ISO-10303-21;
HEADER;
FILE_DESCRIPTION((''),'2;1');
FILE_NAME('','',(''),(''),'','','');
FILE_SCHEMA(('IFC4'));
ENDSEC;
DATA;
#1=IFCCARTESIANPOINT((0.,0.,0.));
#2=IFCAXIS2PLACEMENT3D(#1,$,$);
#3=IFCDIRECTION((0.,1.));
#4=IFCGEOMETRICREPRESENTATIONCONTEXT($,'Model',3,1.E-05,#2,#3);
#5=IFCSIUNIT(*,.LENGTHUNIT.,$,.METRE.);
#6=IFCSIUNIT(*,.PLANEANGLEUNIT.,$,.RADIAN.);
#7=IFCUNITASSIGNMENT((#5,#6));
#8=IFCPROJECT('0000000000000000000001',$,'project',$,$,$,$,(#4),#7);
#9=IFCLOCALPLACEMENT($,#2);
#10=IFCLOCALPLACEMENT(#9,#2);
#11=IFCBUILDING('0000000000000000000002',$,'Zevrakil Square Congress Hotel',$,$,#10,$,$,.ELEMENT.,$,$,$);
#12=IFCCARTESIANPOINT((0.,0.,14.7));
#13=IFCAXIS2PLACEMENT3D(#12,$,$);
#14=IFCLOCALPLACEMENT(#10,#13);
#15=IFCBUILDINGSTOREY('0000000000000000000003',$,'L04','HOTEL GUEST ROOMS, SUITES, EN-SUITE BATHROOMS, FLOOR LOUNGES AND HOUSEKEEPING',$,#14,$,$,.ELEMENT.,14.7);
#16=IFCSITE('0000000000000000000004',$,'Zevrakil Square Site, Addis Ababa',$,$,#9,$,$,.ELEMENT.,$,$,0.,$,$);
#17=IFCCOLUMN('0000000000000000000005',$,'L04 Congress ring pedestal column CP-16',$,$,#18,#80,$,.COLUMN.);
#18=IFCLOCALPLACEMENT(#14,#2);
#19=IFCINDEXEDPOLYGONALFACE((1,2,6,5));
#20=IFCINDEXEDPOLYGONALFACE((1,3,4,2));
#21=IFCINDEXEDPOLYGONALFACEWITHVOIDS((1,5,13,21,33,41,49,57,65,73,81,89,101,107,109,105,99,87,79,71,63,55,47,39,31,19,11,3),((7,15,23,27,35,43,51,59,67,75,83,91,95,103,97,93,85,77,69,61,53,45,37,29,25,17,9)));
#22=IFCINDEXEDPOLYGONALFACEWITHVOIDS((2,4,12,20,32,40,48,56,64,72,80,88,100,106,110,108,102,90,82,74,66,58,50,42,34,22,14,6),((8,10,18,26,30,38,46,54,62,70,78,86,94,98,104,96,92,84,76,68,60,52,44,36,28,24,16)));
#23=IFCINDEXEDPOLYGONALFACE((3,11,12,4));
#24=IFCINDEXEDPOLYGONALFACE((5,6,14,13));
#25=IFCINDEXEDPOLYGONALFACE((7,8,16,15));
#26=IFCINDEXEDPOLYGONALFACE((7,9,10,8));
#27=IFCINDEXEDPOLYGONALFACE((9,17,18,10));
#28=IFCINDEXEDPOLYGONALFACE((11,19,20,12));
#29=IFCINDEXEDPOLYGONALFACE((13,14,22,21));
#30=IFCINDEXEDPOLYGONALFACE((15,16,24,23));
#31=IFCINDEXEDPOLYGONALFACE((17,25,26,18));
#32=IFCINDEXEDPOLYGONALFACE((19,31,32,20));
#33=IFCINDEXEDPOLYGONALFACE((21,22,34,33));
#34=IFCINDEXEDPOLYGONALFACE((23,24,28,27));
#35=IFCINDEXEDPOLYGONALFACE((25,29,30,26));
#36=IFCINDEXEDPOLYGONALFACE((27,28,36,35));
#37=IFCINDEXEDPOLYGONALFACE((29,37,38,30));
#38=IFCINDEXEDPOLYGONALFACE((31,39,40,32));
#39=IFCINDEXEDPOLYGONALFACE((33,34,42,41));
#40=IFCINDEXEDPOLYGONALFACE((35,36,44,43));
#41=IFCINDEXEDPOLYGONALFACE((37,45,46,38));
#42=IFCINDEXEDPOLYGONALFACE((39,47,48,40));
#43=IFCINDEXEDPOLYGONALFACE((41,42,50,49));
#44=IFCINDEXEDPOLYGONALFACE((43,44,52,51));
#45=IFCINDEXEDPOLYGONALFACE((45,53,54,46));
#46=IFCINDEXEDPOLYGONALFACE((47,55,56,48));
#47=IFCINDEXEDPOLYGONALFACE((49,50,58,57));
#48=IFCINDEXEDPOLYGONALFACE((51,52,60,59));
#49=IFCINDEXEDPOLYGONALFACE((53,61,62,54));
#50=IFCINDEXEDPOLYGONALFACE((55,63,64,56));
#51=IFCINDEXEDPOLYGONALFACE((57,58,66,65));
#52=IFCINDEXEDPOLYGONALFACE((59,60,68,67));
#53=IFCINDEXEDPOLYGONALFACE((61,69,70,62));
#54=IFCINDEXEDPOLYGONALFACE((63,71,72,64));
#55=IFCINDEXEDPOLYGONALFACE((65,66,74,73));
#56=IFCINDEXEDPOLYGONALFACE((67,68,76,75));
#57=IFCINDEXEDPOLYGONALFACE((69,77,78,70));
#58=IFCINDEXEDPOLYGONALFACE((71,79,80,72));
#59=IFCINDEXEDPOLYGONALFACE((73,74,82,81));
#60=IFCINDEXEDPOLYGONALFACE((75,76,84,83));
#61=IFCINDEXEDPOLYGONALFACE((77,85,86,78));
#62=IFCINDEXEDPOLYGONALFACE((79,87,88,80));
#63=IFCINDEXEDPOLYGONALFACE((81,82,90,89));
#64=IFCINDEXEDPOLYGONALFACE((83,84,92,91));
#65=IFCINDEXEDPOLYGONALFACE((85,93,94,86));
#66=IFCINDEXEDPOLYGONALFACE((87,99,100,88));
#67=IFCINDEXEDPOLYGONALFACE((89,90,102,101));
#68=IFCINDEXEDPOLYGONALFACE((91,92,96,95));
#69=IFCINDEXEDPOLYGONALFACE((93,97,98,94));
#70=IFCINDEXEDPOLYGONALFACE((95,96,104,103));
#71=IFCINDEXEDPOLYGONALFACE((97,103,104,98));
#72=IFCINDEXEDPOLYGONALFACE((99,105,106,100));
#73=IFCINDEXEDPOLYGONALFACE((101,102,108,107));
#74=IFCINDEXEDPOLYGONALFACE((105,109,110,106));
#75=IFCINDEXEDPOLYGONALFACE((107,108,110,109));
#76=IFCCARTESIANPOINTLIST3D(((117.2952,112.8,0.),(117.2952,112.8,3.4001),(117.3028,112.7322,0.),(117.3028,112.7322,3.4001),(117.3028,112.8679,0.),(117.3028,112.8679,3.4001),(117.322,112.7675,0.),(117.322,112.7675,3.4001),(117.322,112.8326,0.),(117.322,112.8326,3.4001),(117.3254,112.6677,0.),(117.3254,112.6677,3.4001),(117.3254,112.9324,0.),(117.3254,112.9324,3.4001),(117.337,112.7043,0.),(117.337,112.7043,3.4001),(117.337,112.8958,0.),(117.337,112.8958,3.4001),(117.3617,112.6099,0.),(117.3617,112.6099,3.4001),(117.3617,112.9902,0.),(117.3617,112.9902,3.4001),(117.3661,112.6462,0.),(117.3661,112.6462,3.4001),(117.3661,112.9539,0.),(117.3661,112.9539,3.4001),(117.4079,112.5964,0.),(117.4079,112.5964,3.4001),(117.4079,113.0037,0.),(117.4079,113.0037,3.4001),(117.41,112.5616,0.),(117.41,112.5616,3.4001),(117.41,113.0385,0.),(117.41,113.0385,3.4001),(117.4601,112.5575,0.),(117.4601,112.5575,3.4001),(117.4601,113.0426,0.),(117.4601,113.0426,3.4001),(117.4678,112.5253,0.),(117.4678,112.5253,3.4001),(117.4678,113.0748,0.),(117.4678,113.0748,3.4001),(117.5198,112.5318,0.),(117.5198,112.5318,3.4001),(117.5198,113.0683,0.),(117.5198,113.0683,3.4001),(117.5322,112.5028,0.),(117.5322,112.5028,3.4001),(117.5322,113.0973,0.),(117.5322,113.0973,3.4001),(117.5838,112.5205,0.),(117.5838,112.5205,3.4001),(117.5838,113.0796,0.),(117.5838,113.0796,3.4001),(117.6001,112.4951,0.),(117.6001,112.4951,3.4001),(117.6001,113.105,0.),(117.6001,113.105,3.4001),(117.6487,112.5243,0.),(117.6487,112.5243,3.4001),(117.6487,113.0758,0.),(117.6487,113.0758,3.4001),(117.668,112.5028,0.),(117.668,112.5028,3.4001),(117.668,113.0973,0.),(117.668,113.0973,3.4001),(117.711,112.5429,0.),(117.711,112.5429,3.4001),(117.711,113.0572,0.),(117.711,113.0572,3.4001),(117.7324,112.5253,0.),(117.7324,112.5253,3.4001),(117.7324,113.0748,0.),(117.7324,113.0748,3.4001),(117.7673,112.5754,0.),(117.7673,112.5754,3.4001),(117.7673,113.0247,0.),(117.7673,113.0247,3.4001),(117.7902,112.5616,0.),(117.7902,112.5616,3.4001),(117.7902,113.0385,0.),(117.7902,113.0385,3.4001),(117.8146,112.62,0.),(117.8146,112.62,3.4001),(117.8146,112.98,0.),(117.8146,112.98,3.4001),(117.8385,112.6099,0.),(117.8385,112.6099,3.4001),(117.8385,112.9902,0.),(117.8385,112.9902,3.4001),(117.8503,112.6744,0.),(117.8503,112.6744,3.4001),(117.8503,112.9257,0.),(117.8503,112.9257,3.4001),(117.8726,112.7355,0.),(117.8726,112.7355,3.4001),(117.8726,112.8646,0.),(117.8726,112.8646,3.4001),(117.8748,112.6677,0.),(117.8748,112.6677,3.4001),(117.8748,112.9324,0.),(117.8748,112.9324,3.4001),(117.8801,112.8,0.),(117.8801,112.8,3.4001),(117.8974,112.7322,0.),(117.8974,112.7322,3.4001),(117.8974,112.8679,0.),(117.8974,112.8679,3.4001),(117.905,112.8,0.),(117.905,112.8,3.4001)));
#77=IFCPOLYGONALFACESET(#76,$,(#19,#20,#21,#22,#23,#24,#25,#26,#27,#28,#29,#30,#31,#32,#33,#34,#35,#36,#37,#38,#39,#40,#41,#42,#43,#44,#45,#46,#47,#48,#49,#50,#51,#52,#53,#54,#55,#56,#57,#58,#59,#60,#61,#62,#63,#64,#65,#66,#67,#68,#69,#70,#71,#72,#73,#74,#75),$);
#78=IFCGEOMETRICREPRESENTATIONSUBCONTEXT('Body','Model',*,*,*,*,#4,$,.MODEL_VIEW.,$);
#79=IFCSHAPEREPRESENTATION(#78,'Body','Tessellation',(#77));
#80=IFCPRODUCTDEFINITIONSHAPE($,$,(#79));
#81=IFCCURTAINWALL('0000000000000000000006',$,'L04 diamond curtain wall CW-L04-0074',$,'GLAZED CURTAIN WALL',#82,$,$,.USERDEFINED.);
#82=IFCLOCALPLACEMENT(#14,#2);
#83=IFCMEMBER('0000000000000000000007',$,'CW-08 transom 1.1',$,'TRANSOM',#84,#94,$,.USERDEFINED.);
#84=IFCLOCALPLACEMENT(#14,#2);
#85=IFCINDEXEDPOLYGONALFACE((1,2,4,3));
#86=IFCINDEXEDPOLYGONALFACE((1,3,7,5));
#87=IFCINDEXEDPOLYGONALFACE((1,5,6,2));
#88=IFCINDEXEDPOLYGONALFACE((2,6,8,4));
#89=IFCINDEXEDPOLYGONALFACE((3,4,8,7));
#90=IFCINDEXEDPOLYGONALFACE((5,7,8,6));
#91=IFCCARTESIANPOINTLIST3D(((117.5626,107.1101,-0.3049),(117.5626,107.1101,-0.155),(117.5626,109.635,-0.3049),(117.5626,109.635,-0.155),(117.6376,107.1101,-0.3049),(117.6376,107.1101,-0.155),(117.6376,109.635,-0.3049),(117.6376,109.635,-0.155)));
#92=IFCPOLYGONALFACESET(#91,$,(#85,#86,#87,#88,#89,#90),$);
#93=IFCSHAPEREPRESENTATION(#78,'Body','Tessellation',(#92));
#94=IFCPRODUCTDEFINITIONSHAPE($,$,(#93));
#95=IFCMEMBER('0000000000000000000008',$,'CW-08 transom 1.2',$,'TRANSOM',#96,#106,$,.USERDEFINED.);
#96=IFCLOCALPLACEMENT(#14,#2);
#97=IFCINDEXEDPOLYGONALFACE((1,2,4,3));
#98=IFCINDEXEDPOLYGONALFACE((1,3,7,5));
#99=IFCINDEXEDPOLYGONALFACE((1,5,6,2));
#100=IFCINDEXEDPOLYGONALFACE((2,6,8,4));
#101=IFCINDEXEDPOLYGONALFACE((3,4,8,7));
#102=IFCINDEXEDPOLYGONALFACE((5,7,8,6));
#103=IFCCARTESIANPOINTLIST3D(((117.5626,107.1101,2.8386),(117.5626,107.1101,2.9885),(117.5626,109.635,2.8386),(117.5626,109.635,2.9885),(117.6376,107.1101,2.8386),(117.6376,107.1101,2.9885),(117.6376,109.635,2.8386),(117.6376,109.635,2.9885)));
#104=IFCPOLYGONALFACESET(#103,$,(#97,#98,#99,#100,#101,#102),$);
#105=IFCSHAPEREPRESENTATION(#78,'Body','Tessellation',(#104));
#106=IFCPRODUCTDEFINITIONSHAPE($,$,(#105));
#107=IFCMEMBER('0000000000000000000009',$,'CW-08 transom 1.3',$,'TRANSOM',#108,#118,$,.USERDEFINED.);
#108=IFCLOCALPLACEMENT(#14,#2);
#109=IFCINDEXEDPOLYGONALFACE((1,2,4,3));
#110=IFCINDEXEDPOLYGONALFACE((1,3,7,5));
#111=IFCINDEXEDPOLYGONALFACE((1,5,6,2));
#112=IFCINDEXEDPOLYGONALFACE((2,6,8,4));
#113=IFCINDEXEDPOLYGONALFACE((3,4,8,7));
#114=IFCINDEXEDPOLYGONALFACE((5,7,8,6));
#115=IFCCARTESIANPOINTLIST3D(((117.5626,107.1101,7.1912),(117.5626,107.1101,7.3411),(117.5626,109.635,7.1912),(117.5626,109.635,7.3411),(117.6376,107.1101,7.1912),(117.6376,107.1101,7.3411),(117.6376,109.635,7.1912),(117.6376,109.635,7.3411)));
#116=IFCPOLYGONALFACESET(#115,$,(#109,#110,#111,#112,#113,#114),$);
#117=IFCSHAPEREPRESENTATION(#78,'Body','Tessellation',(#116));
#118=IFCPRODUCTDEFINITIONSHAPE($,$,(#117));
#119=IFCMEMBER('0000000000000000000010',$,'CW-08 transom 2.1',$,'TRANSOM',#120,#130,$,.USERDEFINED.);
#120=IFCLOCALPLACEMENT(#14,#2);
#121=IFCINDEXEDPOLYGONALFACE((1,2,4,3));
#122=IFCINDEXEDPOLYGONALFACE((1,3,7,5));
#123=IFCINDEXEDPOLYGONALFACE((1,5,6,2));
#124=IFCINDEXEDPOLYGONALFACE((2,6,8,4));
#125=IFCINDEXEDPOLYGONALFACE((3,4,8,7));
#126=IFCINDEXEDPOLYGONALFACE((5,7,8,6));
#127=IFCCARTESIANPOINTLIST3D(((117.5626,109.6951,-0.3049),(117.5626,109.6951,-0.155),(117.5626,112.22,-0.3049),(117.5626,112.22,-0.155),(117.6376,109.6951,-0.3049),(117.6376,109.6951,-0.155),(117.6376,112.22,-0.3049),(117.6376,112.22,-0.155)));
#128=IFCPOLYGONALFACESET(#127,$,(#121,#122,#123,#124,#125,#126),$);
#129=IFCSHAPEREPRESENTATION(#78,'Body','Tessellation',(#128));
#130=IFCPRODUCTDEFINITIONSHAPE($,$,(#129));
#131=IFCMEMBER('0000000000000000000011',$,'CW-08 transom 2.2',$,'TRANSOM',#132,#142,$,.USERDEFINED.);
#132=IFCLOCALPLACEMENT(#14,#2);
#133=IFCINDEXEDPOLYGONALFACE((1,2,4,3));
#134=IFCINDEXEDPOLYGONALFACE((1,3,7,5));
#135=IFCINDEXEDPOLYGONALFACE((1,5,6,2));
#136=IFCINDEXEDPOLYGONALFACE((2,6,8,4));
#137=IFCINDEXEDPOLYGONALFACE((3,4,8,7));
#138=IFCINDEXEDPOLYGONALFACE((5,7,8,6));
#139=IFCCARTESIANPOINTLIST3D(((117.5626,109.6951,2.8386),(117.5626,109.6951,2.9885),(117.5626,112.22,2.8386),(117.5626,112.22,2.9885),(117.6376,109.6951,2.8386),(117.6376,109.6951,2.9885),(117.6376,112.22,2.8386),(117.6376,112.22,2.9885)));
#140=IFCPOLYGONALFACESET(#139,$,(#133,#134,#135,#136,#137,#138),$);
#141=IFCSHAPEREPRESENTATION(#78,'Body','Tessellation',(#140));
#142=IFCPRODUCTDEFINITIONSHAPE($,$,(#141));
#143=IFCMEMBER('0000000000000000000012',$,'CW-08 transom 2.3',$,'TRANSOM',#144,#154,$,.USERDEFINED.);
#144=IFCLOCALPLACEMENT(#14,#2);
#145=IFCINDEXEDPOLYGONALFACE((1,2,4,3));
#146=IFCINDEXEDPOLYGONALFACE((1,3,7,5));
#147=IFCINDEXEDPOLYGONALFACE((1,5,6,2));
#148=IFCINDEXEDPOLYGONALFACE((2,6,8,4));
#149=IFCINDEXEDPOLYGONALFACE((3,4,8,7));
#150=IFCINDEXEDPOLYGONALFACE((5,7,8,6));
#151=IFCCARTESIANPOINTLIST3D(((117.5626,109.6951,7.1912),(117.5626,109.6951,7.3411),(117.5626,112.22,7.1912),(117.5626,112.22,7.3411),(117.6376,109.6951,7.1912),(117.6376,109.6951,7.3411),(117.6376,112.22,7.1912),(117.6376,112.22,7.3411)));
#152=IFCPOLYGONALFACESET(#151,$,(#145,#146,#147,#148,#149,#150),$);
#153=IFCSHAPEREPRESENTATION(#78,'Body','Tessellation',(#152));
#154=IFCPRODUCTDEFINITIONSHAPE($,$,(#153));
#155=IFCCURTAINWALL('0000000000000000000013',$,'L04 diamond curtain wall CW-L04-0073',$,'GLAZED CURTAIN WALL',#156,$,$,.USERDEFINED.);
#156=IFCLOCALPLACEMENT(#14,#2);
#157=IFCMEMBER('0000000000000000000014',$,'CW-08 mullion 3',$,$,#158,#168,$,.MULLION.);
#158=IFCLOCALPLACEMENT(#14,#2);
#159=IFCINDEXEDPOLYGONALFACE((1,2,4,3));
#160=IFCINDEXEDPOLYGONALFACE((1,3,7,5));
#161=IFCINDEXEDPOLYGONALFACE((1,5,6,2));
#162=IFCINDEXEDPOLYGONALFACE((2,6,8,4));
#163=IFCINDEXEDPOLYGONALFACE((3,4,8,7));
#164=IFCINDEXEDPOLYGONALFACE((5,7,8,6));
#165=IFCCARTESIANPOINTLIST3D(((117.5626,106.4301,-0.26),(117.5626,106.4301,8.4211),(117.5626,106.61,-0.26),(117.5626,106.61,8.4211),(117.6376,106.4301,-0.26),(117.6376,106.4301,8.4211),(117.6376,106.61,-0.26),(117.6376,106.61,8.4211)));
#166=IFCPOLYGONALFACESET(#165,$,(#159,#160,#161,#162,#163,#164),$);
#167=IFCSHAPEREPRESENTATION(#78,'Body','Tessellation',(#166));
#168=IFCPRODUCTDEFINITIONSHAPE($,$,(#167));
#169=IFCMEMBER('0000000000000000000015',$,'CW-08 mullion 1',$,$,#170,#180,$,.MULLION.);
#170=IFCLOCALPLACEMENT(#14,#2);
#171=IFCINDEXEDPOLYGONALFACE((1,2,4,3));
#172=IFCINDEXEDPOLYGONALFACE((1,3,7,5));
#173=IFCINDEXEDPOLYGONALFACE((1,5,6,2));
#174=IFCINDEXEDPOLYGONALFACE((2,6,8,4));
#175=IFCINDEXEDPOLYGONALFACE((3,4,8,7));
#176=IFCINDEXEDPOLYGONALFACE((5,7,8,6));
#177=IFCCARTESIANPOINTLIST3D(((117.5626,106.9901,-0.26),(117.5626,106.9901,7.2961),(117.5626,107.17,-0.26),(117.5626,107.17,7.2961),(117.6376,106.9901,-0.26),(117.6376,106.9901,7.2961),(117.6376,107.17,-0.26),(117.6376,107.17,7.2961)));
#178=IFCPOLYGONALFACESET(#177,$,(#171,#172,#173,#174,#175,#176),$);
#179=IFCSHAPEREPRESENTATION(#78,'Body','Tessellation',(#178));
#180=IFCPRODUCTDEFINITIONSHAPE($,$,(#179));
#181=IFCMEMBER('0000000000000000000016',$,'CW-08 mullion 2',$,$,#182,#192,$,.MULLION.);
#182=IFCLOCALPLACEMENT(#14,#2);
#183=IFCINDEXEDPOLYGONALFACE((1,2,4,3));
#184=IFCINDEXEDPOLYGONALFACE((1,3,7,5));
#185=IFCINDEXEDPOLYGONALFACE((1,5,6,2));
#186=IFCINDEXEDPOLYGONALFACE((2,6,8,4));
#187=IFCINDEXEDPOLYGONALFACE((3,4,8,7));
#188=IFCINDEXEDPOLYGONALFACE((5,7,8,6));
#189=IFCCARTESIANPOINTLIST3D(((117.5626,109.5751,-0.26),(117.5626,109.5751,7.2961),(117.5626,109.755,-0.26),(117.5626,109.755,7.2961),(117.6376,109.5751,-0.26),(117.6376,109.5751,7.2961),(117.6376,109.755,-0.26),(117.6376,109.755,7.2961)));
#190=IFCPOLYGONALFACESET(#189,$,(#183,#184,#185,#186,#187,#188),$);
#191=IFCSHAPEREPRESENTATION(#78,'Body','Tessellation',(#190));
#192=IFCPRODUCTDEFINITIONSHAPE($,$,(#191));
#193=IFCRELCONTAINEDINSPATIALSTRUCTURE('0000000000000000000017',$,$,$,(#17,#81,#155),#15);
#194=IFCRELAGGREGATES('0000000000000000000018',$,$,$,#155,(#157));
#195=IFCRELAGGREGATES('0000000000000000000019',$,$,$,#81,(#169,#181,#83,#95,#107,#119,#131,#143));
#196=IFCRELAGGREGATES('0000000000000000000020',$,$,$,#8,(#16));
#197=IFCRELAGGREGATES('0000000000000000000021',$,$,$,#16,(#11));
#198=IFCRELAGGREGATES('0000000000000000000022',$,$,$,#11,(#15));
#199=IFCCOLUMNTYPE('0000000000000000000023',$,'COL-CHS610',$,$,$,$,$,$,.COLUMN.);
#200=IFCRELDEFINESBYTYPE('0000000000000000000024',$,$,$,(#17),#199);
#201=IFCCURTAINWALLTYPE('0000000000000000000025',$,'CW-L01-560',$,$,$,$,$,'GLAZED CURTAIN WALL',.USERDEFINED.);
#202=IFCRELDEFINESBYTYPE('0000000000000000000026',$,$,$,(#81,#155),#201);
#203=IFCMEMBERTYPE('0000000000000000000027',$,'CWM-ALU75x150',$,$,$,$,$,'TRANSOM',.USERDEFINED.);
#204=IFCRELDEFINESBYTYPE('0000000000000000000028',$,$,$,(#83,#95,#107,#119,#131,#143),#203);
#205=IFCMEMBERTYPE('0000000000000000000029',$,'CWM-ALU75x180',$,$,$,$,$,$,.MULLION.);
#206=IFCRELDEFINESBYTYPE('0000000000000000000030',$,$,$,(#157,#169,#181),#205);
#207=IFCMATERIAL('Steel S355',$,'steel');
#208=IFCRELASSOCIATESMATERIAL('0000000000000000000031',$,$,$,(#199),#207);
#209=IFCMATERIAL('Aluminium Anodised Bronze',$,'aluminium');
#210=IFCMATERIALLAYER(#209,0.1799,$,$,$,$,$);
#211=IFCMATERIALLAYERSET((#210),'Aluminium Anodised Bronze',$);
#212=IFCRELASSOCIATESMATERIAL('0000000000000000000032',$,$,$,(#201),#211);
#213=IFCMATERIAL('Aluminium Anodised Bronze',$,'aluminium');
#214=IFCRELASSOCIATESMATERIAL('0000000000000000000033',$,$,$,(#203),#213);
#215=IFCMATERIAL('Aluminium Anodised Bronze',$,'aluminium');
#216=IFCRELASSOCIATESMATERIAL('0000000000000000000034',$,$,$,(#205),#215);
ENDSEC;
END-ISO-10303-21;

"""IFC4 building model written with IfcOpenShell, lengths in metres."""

from ifc_helpers import new_model, si_unit, direction, frame, origin, origin_2d, place, context, subcontext, project, spatial, rectangle, hollow_circle, extrude, material, layer, layer_set, material_profile, profile_set, type_object, element, aggregate, save


model = new_model("IFC4")

# Units and contexts
model_context = context("Model", 3, precision=1e-05, world=origin(), true_north=direction((0.0, 1.0)))
body_context = subcontext(model_context, "Body", "Model", "MODEL_VIEW")
ifc_project = project(units=[si_unit("LENGTHUNIT", "METRE"), si_unit("PLANEANGLEUNIT", "RADIAN")], contexts=[model_context])

# Site, building, storey
site_placement = place(None, origin())
site = spatial("IfcSite", under=ifc_project, at=site_placement, Name="Zevrakil Square Site, Addis Ababa", CompositionType="ELEMENT", RefElevation=0.0)
building_placement = place(site_placement, origin())
building = spatial("IfcBuilding", under=site, at=building_placement, Name="Zevrakil Square Congress Hotel", CompositionType="ELEMENT")
storey_placement = place(building_placement, frame((0.0, 0.0, 14.7)))
storey = spatial("IfcBuildingStorey", under=building, at=storey_placement, Name="L04", Description="HOTEL GUEST ROOMS, SUITES, EN-SUITE BATHROOMS, FLOOR LOUNGES AND HOUSEKEEPING", CompositionType="ELEMENT", Elevation=14.7)

# Column
ifc_material_1 = material(Name="Steel S355", Category="steel")
ifc_material_profile_1 = material_profile(ifc_material_1, hollow_circle(Radius=0.3049, WallThickness=0.0249, at=origin_2d()), Name="CHS 610x25")
ifc_profile_set_1 = profile_set([ifc_material_profile_1], Name="Steel S355")
column_type = type_object("IfcColumnType", Name="COL-CHS610", PredefinedType="COLUMN", material=ifc_profile_set_1)
column_placement = place(storey_placement, frame((117.6001, 112.8, 0.0), z_axis=(0.0, 0.0, 1.0), x_axis=(1.0, 0.0, 0.0)))
element("IfcColumn", 1, at=column_placement, inside=storey, type_object=column_type, Name="L04 Congress ring pedestal column CP-16", PredefinedType="COLUMN", context=body_context, shape_type="SweptSolid", body=[
    extrude(hollow_circle(Radius=0.3049, WallThickness=0.0249, at=origin_2d()), origin(), (0.0, 0.0, 1.0), 3.4001),
])

# Curtain wall, members
ifc_material_2 = material(Name="Aluminium Anodised Bronze", Category="aluminium")
ifc_layer_1 = layer(ifc_material_2, 0.1799)
ifc_layer_set_1 = layer_set([ifc_layer_1], Name="Aluminium Anodised Bronze")
curtain_wall_type = type_object("IfcCurtainWallType", Name="CW-L01-560", ElementType="GLAZED CURTAIN WALL", PredefinedType="USERDEFINED", material=ifc_layer_set_1)
curtain_wall_1_placement = place(storey_placement, origin())
curtain_wall_1 = element("IfcCurtainWall", 2, at=curtain_wall_1_placement, inside=storey, type_object=curtain_wall_type, Name="L04 diamond curtain wall CW-L04-0074", ObjectType="GLAZED CURTAIN WALL", PredefinedType="USERDEFINED")
ifc_material_3 = material(Name="Aluminium Anodised Bronze", Category="aluminium")
ifc_material_profile_2 = material_profile(ifc_material_3, rectangle(XDim=0.075, YDim=0.1499, at=origin_2d()), Name="ALU 75x150")
ifc_profile_set_2 = profile_set([ifc_material_profile_2], Name="Aluminium Anodised Bronze")
member_type_1 = type_object("IfcMemberType", Name="CWM-ALU75x150", ElementType="TRANSOM", PredefinedType="USERDEFINED", material=ifc_profile_set_2)
member_1_placement = place(storey_placement, frame((117.6001, 107.1101, -0.23), z_axis=(0.0, 1.0, 0.0), x_axis=(-1.0, 0.0, 0.0)))
member_1 = element("IfcMember", 3, at=member_1_placement, type_object=member_type_1, Name="CW-08 transom 1.1", ObjectType="TRANSOM", PredefinedType="USERDEFINED", context=body_context, shape_type="SweptSolid", body=[
    extrude(rectangle(XDim=0.075, YDim=0.1499, at=origin_2d()), origin(), (0.0, 0.0, 1.0), 2.5249),
])
member_2_placement = place(storey_placement, frame((117.6001, 107.1101, 2.9136), z_axis=(0.0, 1.0, 0.0), x_axis=(-1.0, 0.0, 0.0)))
member_2 = element("IfcMember", 4, at=member_2_placement, type_object=member_type_1, Name="CW-08 transom 1.2", ObjectType="TRANSOM", PredefinedType="USERDEFINED", context=body_context, shape_type="SweptSolid", body=[
    extrude(rectangle(XDim=0.075, YDim=0.1499, at=origin_2d()), origin(), (0.0, 0.0, 1.0), 2.5249),
])
member_3_placement = place(storey_placement, frame((117.6001, 107.1101, 7.2661), z_axis=(0.0, 1.0, 0.0), x_axis=(-1.0, 0.0, 0.0)))
member_3 = element("IfcMember", 5, at=member_3_placement, type_object=member_type_1, Name="CW-08 transom 1.3", ObjectType="TRANSOM", PredefinedType="USERDEFINED", context=body_context, shape_type="SweptSolid", body=[
    extrude(rectangle(XDim=0.075, YDim=0.1499, at=origin_2d()), origin(), (0.0, 0.0, 1.0), 2.5249),
])
member_4_placement = place(storey_placement, frame((117.6001, 109.6951, -0.23), z_axis=(0.0, 1.0, 0.0), x_axis=(-1.0, 0.0, 0.0)))
member_4 = element("IfcMember", 6, at=member_4_placement, type_object=member_type_1, Name="CW-08 transom 2.1", ObjectType="TRANSOM", PredefinedType="USERDEFINED", context=body_context, shape_type="SweptSolid", body=[
    extrude(rectangle(XDim=0.075, YDim=0.1499, at=origin_2d()), origin(), (0.0, 0.0, 1.0), 2.5249),
])
member_5_placement = place(storey_placement, frame((117.6001, 109.6951, 2.9136), z_axis=(0.0, 1.0, 0.0), x_axis=(-1.0, 0.0, 0.0)))
member_5 = element("IfcMember", 7, at=member_5_placement, type_object=member_type_1, Name="CW-08 transom 2.2", ObjectType="TRANSOM", PredefinedType="USERDEFINED", context=body_context, shape_type="SweptSolid", body=[
    extrude(rectangle(XDim=0.075, YDim=0.1499, at=origin_2d()), origin(), (0.0, 0.0, 1.0), 2.5249),
])
member_6_placement = place(storey_placement, frame((117.6001, 109.6951, 7.2661), z_axis=(0.0, 1.0, 0.0), x_axis=(-1.0, 0.0, 0.0)))
member_6 = element("IfcMember", 8, at=member_6_placement, type_object=member_type_1, Name="CW-08 transom 2.3", ObjectType="TRANSOM", PredefinedType="USERDEFINED", context=body_context, shape_type="SweptSolid", body=[
    extrude(rectangle(XDim=0.075, YDim=0.1499, at=origin_2d()), origin(), (0.0, 0.0, 1.0), 2.5249),
])

# Curtain wall, member
curtain_wall_2_placement = place(storey_placement, origin())
curtain_wall_2 = element("IfcCurtainWall", 9, at=curtain_wall_2_placement, inside=storey, type_object=curtain_wall_type, Name="L04 diamond curtain wall CW-L04-0073", ObjectType="GLAZED CURTAIN WALL", PredefinedType="USERDEFINED")
ifc_material_4 = material(Name="Aluminium Anodised Bronze", Category="aluminium")
ifc_material_profile_3 = material_profile(ifc_material_4, rectangle(XDim=0.075, YDim=0.1799, at=origin_2d()), Name="ALU 75x180")
ifc_profile_set_3 = profile_set([ifc_material_profile_3], Name="Aluminium Anodised Bronze")
member_type_2 = type_object("IfcMemberType", Name="CWM-ALU75x180", PredefinedType="MULLION", material=ifc_profile_set_3)
member_7_placement = place(storey_placement, frame((117.6001, 106.52, -0.26), z_axis=(0.0, 0.0, 1.0), x_axis=(-1.0, 0.0, 0.0)))
member_7 = element("IfcMember", 10, at=member_7_placement, type_object=member_type_2, Name="CW-08 mullion 3", PredefinedType="MULLION", context=body_context, shape_type="SweptSolid", body=[
    extrude(rectangle(XDim=0.075, YDim=0.1799, at=origin_2d()), origin(), (0.0, 0.0, 1.0), 8.6812),
])

# Members
member_8_placement = place(storey_placement, frame((117.6001, 107.0801, -0.26), z_axis=(0.0, 0.0, 1.0), x_axis=(-1.0, 0.0, 0.0)))
member_8 = element("IfcMember", 11, at=member_8_placement, type_object=member_type_2, Name="CW-08 mullion 1", PredefinedType="MULLION", context=body_context, shape_type="SweptSolid", body=[
    extrude(rectangle(XDim=0.075, YDim=0.1799, at=origin_2d()), origin(), (0.0, 0.0, 1.0), 7.5562),
])
member_9_placement = place(storey_placement, frame((117.6001, 109.665, -0.26), z_axis=(0.0, 0.0, 1.0), x_axis=(-1.0, 0.0, 0.0)))
member_9 = element("IfcMember", 12, at=member_9_placement, type_object=member_type_2, Name="CW-08 mullion 2", PredefinedType="MULLION", context=body_context, shape_type="SweptSolid", body=[
    extrude(rectangle(XDim=0.075, YDim=0.1799, at=origin_2d()), origin(), (0.0, 0.0, 1.0), 7.5562),
])

aggregate(curtain_wall_2, [member_7])
aggregate(curtain_wall_1, [member_8, member_9, member_1, member_2, member_3, member_4, member_5, member_6])

save(model, "model.ifc")
